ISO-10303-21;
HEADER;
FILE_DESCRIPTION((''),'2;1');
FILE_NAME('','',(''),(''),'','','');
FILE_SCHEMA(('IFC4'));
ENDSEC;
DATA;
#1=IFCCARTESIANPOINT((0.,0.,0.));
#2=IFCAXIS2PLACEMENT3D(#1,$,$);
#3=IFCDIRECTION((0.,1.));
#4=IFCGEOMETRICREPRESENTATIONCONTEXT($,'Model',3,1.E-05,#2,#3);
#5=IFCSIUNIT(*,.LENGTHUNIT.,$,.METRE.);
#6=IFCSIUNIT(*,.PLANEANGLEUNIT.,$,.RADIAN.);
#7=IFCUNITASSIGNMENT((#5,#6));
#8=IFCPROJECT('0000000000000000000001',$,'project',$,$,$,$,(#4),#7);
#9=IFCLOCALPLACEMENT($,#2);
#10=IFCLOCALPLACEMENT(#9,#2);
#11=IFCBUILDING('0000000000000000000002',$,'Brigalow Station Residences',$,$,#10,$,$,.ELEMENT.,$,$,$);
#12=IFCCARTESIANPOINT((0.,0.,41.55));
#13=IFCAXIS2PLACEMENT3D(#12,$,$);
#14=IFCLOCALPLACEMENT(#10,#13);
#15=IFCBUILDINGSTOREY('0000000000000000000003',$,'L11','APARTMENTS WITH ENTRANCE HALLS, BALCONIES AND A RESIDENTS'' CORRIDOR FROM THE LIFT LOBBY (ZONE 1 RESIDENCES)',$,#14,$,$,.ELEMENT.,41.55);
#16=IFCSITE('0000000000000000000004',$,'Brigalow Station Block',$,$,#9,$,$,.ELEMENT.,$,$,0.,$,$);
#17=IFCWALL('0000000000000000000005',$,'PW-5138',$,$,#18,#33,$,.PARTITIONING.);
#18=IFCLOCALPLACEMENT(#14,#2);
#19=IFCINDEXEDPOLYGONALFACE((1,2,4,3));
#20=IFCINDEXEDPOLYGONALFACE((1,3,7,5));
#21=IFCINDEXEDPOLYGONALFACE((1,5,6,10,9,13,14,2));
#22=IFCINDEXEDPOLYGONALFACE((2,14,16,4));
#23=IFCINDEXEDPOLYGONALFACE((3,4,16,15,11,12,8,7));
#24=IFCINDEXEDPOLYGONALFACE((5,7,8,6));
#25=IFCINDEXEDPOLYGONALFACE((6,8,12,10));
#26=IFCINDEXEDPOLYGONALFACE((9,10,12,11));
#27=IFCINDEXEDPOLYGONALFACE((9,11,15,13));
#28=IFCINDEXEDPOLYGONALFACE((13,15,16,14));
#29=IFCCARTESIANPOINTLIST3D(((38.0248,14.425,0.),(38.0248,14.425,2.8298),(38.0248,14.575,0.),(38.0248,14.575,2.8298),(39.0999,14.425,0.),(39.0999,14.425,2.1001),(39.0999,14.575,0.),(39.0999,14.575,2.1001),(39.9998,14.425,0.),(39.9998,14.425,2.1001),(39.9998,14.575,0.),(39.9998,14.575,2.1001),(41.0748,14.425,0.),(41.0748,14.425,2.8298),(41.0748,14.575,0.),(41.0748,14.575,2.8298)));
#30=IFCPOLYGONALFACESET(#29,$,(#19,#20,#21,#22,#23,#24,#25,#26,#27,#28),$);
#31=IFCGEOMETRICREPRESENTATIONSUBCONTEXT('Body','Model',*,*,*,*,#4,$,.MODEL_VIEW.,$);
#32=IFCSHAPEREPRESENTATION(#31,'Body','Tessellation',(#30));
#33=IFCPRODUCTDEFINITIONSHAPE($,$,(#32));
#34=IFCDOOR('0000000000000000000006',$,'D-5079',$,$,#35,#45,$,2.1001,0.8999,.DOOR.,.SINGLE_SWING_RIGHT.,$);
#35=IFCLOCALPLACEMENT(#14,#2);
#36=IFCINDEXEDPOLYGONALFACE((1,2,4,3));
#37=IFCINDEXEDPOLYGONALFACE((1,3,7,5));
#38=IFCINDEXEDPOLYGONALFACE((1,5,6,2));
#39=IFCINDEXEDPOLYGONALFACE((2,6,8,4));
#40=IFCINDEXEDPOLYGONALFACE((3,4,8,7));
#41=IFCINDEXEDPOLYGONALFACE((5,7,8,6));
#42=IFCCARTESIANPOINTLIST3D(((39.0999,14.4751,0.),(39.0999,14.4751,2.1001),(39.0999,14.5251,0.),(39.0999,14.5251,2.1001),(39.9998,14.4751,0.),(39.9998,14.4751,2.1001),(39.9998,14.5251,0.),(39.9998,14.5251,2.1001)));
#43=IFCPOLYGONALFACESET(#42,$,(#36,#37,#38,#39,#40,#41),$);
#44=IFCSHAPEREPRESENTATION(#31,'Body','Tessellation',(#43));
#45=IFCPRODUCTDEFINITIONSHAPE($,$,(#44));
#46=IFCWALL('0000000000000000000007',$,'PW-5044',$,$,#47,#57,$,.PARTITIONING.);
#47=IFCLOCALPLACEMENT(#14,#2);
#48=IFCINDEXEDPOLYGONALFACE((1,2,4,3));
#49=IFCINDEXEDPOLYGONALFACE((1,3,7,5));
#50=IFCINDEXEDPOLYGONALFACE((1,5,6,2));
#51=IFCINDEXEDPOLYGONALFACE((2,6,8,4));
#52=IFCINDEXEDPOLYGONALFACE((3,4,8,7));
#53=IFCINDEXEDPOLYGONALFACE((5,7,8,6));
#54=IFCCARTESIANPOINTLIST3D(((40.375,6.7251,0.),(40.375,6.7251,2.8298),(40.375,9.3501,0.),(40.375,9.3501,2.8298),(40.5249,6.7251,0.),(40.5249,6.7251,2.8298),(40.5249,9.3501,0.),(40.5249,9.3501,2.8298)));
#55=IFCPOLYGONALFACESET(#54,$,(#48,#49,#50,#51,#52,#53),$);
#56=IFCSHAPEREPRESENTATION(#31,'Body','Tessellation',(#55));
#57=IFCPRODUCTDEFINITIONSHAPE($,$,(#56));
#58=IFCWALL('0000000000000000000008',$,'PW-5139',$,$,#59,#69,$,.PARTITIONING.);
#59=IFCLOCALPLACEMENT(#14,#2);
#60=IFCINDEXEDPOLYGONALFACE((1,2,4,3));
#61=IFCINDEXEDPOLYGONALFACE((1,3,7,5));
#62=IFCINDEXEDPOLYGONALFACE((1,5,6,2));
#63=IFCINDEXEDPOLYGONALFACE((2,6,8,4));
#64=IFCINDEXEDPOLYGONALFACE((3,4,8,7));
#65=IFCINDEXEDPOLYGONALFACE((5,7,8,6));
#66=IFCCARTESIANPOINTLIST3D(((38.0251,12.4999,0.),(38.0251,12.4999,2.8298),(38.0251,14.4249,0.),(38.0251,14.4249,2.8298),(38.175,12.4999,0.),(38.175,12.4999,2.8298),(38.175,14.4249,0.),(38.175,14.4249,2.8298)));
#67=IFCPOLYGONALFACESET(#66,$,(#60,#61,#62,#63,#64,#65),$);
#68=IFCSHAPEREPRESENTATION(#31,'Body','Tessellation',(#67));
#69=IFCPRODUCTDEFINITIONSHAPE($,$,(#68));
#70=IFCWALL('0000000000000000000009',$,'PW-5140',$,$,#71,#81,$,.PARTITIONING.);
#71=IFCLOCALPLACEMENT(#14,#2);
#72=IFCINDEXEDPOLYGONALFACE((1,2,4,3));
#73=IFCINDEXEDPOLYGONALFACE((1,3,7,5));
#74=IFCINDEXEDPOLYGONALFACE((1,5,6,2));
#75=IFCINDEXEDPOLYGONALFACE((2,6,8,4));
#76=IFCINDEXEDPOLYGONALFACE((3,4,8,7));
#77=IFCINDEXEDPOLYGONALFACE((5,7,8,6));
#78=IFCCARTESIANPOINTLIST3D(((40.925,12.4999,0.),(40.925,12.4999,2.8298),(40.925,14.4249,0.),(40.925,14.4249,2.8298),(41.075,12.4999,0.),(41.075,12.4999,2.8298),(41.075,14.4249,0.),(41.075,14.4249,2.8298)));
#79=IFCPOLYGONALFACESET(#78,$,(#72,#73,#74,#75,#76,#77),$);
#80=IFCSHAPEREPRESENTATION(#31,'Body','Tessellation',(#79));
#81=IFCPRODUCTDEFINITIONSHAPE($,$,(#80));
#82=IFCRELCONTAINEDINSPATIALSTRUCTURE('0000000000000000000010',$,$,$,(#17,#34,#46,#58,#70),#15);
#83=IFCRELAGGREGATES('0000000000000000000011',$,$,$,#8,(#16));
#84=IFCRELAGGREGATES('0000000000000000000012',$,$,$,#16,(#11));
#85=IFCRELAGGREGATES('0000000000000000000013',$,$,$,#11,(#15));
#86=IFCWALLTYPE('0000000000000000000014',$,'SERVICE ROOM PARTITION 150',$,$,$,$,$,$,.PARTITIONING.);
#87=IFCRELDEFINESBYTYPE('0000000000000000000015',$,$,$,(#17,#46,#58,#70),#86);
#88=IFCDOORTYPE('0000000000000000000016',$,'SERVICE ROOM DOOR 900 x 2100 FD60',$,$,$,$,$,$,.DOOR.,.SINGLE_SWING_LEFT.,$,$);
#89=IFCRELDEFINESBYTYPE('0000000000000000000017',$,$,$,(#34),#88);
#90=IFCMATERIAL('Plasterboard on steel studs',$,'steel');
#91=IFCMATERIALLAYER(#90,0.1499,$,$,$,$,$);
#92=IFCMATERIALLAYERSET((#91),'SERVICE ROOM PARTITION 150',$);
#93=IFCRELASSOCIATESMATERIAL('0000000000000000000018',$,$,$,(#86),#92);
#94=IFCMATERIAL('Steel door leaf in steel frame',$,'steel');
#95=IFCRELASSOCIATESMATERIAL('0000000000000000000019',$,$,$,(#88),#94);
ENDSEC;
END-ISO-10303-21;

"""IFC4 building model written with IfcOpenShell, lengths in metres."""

from ifc_helpers import new_model, si_unit, direction, frame, frame_2d, origin, place, context, subcontext, project, spatial, rectangle, extrude, material, layer, layer_set, type_object, element, fill, save


model = new_model("IFC4")

# Units and contexts
model_context = context("Model", 3, precision=1e-05, world=origin(), true_north=direction((0.0, 1.0)))
body_context = subcontext(model_context, "Body", "Model", "MODEL_VIEW")
ifc_project = project(units=[si_unit("LENGTHUNIT", "METRE"), si_unit("PLANEANGLEUNIT", "RADIAN")], contexts=[model_context])

# Site, building, storey
site_placement = place(None, origin())
site = spatial("IfcSite", under=ifc_project, at=site_placement, Name="Brigalow Station Block", CompositionType="ELEMENT", RefElevation=0.0)
building_placement = place(site_placement, origin())
building = spatial("IfcBuilding", under=site, at=building_placement, Name="Brigalow Station Residences", CompositionType="ELEMENT")
storey_placement = place(building_placement, frame((0.0, 0.0, 41.55)))
storey = spatial("IfcBuildingStorey", under=building, at=storey_placement, Name="L11", Description="APARTMENTS WITH ENTRANCE HALLS, BALCONIES AND A RESIDENTS' CORRIDOR FROM THE LIFT LOBBY (ZONE 1 RESIDENCES)", CompositionType="ELEMENT", Elevation=41.55)

# Wall, opening, door
ifc_material_1 = material(Name="Plasterboard on steel studs", Category="steel")
ifc_layer_1 = layer(ifc_material_1, 0.1499)
ifc_layer_set_1 = layer_set([ifc_layer_1], Name="SERVICE ROOM PARTITION 150")
wall_type_1 = type_object("IfcWallType", Name="SERVICE ROOM PARTITION 150", PredefinedType="PARTITIONING", material=ifc_layer_set_1)
wall_1_placement = place(storey_placement, frame((38.0249, 14.5, 0.0), z_axis=(0.0, 0.0, 1.0), x_axis=(1.0, 0.0, 0.0)))
wall_1 = element("IfcWall", 1, at=wall_1_placement, inside=storey, type_object=wall_type_1, Name="PW-5138", PredefinedType="PARTITIONING", context=body_context, shape_type="SweptSolid", body=[
    extrude(rectangle(XDim=3.05, YDim=0.1499, at=frame_2d((1.5249, 0.0))), origin(), (0.0, 0.0, 1.0), 2.8298),
])
opening_1_placement = place(wall_1_placement, frame((1.075, 0.0, 0.0)))
opening_1 = element("IfcOpeningElement", 2, at=opening_1_placement, cuts=wall_1, PredefinedType="OPENING", context=body_context, shape_type="SweptSolid", body=[
    extrude(rectangle(XDim=0.8999, YDim=2.1001, at=frame_2d((0.45, 1.05))), frame((0.0, 0.085, 0.0), z_axis=(0.0, -1.0, 0.0), x_axis=(1.0, 0.0, 0.0)), (0.0, 0.0, 1.0), 0.1699),
])
ifc_material_2 = material(Name="Steel door leaf in steel frame", Category="steel")
door_type_1 = type_object("IfcDoorType", Name="SERVICE ROOM DOOR 900 x 2100 FD60", OperationType="SINGLE_SWING_LEFT", PredefinedType="DOOR", material=ifc_material_2)
door_1_placement = place(opening_1_placement, frame((0.8999, 0.0, 0.0), z_axis=(0.0, 0.0, 1.0), x_axis=(-1.0, 0.0, 0.0)))
door_1 = element("IfcDoor", 3, at=door_1_placement, inside=storey, type_object=door_type_1, Name="D-5079", OperationType="SINGLE_SWING_RIGHT", OverallHeight=2.1001, OverallWidth=0.8999, PredefinedType="DOOR", context=body_context, shape_type="SweptSolid", body=[
    extrude(rectangle(XDim=0.8999, YDim=2.1001, at=frame_2d((0.45, 1.05))), frame((0.0, 0.0249, 0.0), z_axis=(0.0, -1.0, 0.0), x_axis=(1.0, 0.0, 0.0)), (0.0, 0.0, 1.0), 0.05),
])
fill(opening_1, door_1)

# Walls
wall_2_placement = place(storey_placement, frame((40.45, 6.7251, 0.0), z_axis=(0.0, 0.0, 1.0), x_axis=(0.0, 1.0, 0.0)))
element("IfcWall", 4, at=wall_2_placement, inside=storey, type_object=wall_type_1, Name="PW-5044", PredefinedType="PARTITIONING", context=body_context, shape_type="SweptSolid", body=[
    extrude(rectangle(XDim=2.625, YDim=0.1499, at=frame_2d((1.3125, 0.0))), origin(), (0.0, 0.0, 1.0), 2.8298),
])
for number, where, z_axis, x_axis, name in (
    (5, (38.1001, 12.5, 0.0), (0.0, 0.0, 1.0), (0.0, 1.0, 0.0), "PW-5139"),
    (6, (41.0, 12.5, 0.0), (0.0, 0.0, 1.0), (0.0, 1.0, 0.0), "PW-5140"),
):
    element("IfcWall", number, at=place(storey_placement, frame(where, z_axis=z_axis, x_axis=x_axis)), inside=storey, type_object=wall_type_1, Name=name, PredefinedType="PARTITIONING", context=body_context, shape_type="SweptSolid", body=[
        extrude(rectangle(XDim=1.925, YDim=0.1499, at=frame_2d((0.9624, 0.0))), origin(), (0.0, 0.0, 1.0), 2.8298),
    ])

save(model, "model.ifc")
